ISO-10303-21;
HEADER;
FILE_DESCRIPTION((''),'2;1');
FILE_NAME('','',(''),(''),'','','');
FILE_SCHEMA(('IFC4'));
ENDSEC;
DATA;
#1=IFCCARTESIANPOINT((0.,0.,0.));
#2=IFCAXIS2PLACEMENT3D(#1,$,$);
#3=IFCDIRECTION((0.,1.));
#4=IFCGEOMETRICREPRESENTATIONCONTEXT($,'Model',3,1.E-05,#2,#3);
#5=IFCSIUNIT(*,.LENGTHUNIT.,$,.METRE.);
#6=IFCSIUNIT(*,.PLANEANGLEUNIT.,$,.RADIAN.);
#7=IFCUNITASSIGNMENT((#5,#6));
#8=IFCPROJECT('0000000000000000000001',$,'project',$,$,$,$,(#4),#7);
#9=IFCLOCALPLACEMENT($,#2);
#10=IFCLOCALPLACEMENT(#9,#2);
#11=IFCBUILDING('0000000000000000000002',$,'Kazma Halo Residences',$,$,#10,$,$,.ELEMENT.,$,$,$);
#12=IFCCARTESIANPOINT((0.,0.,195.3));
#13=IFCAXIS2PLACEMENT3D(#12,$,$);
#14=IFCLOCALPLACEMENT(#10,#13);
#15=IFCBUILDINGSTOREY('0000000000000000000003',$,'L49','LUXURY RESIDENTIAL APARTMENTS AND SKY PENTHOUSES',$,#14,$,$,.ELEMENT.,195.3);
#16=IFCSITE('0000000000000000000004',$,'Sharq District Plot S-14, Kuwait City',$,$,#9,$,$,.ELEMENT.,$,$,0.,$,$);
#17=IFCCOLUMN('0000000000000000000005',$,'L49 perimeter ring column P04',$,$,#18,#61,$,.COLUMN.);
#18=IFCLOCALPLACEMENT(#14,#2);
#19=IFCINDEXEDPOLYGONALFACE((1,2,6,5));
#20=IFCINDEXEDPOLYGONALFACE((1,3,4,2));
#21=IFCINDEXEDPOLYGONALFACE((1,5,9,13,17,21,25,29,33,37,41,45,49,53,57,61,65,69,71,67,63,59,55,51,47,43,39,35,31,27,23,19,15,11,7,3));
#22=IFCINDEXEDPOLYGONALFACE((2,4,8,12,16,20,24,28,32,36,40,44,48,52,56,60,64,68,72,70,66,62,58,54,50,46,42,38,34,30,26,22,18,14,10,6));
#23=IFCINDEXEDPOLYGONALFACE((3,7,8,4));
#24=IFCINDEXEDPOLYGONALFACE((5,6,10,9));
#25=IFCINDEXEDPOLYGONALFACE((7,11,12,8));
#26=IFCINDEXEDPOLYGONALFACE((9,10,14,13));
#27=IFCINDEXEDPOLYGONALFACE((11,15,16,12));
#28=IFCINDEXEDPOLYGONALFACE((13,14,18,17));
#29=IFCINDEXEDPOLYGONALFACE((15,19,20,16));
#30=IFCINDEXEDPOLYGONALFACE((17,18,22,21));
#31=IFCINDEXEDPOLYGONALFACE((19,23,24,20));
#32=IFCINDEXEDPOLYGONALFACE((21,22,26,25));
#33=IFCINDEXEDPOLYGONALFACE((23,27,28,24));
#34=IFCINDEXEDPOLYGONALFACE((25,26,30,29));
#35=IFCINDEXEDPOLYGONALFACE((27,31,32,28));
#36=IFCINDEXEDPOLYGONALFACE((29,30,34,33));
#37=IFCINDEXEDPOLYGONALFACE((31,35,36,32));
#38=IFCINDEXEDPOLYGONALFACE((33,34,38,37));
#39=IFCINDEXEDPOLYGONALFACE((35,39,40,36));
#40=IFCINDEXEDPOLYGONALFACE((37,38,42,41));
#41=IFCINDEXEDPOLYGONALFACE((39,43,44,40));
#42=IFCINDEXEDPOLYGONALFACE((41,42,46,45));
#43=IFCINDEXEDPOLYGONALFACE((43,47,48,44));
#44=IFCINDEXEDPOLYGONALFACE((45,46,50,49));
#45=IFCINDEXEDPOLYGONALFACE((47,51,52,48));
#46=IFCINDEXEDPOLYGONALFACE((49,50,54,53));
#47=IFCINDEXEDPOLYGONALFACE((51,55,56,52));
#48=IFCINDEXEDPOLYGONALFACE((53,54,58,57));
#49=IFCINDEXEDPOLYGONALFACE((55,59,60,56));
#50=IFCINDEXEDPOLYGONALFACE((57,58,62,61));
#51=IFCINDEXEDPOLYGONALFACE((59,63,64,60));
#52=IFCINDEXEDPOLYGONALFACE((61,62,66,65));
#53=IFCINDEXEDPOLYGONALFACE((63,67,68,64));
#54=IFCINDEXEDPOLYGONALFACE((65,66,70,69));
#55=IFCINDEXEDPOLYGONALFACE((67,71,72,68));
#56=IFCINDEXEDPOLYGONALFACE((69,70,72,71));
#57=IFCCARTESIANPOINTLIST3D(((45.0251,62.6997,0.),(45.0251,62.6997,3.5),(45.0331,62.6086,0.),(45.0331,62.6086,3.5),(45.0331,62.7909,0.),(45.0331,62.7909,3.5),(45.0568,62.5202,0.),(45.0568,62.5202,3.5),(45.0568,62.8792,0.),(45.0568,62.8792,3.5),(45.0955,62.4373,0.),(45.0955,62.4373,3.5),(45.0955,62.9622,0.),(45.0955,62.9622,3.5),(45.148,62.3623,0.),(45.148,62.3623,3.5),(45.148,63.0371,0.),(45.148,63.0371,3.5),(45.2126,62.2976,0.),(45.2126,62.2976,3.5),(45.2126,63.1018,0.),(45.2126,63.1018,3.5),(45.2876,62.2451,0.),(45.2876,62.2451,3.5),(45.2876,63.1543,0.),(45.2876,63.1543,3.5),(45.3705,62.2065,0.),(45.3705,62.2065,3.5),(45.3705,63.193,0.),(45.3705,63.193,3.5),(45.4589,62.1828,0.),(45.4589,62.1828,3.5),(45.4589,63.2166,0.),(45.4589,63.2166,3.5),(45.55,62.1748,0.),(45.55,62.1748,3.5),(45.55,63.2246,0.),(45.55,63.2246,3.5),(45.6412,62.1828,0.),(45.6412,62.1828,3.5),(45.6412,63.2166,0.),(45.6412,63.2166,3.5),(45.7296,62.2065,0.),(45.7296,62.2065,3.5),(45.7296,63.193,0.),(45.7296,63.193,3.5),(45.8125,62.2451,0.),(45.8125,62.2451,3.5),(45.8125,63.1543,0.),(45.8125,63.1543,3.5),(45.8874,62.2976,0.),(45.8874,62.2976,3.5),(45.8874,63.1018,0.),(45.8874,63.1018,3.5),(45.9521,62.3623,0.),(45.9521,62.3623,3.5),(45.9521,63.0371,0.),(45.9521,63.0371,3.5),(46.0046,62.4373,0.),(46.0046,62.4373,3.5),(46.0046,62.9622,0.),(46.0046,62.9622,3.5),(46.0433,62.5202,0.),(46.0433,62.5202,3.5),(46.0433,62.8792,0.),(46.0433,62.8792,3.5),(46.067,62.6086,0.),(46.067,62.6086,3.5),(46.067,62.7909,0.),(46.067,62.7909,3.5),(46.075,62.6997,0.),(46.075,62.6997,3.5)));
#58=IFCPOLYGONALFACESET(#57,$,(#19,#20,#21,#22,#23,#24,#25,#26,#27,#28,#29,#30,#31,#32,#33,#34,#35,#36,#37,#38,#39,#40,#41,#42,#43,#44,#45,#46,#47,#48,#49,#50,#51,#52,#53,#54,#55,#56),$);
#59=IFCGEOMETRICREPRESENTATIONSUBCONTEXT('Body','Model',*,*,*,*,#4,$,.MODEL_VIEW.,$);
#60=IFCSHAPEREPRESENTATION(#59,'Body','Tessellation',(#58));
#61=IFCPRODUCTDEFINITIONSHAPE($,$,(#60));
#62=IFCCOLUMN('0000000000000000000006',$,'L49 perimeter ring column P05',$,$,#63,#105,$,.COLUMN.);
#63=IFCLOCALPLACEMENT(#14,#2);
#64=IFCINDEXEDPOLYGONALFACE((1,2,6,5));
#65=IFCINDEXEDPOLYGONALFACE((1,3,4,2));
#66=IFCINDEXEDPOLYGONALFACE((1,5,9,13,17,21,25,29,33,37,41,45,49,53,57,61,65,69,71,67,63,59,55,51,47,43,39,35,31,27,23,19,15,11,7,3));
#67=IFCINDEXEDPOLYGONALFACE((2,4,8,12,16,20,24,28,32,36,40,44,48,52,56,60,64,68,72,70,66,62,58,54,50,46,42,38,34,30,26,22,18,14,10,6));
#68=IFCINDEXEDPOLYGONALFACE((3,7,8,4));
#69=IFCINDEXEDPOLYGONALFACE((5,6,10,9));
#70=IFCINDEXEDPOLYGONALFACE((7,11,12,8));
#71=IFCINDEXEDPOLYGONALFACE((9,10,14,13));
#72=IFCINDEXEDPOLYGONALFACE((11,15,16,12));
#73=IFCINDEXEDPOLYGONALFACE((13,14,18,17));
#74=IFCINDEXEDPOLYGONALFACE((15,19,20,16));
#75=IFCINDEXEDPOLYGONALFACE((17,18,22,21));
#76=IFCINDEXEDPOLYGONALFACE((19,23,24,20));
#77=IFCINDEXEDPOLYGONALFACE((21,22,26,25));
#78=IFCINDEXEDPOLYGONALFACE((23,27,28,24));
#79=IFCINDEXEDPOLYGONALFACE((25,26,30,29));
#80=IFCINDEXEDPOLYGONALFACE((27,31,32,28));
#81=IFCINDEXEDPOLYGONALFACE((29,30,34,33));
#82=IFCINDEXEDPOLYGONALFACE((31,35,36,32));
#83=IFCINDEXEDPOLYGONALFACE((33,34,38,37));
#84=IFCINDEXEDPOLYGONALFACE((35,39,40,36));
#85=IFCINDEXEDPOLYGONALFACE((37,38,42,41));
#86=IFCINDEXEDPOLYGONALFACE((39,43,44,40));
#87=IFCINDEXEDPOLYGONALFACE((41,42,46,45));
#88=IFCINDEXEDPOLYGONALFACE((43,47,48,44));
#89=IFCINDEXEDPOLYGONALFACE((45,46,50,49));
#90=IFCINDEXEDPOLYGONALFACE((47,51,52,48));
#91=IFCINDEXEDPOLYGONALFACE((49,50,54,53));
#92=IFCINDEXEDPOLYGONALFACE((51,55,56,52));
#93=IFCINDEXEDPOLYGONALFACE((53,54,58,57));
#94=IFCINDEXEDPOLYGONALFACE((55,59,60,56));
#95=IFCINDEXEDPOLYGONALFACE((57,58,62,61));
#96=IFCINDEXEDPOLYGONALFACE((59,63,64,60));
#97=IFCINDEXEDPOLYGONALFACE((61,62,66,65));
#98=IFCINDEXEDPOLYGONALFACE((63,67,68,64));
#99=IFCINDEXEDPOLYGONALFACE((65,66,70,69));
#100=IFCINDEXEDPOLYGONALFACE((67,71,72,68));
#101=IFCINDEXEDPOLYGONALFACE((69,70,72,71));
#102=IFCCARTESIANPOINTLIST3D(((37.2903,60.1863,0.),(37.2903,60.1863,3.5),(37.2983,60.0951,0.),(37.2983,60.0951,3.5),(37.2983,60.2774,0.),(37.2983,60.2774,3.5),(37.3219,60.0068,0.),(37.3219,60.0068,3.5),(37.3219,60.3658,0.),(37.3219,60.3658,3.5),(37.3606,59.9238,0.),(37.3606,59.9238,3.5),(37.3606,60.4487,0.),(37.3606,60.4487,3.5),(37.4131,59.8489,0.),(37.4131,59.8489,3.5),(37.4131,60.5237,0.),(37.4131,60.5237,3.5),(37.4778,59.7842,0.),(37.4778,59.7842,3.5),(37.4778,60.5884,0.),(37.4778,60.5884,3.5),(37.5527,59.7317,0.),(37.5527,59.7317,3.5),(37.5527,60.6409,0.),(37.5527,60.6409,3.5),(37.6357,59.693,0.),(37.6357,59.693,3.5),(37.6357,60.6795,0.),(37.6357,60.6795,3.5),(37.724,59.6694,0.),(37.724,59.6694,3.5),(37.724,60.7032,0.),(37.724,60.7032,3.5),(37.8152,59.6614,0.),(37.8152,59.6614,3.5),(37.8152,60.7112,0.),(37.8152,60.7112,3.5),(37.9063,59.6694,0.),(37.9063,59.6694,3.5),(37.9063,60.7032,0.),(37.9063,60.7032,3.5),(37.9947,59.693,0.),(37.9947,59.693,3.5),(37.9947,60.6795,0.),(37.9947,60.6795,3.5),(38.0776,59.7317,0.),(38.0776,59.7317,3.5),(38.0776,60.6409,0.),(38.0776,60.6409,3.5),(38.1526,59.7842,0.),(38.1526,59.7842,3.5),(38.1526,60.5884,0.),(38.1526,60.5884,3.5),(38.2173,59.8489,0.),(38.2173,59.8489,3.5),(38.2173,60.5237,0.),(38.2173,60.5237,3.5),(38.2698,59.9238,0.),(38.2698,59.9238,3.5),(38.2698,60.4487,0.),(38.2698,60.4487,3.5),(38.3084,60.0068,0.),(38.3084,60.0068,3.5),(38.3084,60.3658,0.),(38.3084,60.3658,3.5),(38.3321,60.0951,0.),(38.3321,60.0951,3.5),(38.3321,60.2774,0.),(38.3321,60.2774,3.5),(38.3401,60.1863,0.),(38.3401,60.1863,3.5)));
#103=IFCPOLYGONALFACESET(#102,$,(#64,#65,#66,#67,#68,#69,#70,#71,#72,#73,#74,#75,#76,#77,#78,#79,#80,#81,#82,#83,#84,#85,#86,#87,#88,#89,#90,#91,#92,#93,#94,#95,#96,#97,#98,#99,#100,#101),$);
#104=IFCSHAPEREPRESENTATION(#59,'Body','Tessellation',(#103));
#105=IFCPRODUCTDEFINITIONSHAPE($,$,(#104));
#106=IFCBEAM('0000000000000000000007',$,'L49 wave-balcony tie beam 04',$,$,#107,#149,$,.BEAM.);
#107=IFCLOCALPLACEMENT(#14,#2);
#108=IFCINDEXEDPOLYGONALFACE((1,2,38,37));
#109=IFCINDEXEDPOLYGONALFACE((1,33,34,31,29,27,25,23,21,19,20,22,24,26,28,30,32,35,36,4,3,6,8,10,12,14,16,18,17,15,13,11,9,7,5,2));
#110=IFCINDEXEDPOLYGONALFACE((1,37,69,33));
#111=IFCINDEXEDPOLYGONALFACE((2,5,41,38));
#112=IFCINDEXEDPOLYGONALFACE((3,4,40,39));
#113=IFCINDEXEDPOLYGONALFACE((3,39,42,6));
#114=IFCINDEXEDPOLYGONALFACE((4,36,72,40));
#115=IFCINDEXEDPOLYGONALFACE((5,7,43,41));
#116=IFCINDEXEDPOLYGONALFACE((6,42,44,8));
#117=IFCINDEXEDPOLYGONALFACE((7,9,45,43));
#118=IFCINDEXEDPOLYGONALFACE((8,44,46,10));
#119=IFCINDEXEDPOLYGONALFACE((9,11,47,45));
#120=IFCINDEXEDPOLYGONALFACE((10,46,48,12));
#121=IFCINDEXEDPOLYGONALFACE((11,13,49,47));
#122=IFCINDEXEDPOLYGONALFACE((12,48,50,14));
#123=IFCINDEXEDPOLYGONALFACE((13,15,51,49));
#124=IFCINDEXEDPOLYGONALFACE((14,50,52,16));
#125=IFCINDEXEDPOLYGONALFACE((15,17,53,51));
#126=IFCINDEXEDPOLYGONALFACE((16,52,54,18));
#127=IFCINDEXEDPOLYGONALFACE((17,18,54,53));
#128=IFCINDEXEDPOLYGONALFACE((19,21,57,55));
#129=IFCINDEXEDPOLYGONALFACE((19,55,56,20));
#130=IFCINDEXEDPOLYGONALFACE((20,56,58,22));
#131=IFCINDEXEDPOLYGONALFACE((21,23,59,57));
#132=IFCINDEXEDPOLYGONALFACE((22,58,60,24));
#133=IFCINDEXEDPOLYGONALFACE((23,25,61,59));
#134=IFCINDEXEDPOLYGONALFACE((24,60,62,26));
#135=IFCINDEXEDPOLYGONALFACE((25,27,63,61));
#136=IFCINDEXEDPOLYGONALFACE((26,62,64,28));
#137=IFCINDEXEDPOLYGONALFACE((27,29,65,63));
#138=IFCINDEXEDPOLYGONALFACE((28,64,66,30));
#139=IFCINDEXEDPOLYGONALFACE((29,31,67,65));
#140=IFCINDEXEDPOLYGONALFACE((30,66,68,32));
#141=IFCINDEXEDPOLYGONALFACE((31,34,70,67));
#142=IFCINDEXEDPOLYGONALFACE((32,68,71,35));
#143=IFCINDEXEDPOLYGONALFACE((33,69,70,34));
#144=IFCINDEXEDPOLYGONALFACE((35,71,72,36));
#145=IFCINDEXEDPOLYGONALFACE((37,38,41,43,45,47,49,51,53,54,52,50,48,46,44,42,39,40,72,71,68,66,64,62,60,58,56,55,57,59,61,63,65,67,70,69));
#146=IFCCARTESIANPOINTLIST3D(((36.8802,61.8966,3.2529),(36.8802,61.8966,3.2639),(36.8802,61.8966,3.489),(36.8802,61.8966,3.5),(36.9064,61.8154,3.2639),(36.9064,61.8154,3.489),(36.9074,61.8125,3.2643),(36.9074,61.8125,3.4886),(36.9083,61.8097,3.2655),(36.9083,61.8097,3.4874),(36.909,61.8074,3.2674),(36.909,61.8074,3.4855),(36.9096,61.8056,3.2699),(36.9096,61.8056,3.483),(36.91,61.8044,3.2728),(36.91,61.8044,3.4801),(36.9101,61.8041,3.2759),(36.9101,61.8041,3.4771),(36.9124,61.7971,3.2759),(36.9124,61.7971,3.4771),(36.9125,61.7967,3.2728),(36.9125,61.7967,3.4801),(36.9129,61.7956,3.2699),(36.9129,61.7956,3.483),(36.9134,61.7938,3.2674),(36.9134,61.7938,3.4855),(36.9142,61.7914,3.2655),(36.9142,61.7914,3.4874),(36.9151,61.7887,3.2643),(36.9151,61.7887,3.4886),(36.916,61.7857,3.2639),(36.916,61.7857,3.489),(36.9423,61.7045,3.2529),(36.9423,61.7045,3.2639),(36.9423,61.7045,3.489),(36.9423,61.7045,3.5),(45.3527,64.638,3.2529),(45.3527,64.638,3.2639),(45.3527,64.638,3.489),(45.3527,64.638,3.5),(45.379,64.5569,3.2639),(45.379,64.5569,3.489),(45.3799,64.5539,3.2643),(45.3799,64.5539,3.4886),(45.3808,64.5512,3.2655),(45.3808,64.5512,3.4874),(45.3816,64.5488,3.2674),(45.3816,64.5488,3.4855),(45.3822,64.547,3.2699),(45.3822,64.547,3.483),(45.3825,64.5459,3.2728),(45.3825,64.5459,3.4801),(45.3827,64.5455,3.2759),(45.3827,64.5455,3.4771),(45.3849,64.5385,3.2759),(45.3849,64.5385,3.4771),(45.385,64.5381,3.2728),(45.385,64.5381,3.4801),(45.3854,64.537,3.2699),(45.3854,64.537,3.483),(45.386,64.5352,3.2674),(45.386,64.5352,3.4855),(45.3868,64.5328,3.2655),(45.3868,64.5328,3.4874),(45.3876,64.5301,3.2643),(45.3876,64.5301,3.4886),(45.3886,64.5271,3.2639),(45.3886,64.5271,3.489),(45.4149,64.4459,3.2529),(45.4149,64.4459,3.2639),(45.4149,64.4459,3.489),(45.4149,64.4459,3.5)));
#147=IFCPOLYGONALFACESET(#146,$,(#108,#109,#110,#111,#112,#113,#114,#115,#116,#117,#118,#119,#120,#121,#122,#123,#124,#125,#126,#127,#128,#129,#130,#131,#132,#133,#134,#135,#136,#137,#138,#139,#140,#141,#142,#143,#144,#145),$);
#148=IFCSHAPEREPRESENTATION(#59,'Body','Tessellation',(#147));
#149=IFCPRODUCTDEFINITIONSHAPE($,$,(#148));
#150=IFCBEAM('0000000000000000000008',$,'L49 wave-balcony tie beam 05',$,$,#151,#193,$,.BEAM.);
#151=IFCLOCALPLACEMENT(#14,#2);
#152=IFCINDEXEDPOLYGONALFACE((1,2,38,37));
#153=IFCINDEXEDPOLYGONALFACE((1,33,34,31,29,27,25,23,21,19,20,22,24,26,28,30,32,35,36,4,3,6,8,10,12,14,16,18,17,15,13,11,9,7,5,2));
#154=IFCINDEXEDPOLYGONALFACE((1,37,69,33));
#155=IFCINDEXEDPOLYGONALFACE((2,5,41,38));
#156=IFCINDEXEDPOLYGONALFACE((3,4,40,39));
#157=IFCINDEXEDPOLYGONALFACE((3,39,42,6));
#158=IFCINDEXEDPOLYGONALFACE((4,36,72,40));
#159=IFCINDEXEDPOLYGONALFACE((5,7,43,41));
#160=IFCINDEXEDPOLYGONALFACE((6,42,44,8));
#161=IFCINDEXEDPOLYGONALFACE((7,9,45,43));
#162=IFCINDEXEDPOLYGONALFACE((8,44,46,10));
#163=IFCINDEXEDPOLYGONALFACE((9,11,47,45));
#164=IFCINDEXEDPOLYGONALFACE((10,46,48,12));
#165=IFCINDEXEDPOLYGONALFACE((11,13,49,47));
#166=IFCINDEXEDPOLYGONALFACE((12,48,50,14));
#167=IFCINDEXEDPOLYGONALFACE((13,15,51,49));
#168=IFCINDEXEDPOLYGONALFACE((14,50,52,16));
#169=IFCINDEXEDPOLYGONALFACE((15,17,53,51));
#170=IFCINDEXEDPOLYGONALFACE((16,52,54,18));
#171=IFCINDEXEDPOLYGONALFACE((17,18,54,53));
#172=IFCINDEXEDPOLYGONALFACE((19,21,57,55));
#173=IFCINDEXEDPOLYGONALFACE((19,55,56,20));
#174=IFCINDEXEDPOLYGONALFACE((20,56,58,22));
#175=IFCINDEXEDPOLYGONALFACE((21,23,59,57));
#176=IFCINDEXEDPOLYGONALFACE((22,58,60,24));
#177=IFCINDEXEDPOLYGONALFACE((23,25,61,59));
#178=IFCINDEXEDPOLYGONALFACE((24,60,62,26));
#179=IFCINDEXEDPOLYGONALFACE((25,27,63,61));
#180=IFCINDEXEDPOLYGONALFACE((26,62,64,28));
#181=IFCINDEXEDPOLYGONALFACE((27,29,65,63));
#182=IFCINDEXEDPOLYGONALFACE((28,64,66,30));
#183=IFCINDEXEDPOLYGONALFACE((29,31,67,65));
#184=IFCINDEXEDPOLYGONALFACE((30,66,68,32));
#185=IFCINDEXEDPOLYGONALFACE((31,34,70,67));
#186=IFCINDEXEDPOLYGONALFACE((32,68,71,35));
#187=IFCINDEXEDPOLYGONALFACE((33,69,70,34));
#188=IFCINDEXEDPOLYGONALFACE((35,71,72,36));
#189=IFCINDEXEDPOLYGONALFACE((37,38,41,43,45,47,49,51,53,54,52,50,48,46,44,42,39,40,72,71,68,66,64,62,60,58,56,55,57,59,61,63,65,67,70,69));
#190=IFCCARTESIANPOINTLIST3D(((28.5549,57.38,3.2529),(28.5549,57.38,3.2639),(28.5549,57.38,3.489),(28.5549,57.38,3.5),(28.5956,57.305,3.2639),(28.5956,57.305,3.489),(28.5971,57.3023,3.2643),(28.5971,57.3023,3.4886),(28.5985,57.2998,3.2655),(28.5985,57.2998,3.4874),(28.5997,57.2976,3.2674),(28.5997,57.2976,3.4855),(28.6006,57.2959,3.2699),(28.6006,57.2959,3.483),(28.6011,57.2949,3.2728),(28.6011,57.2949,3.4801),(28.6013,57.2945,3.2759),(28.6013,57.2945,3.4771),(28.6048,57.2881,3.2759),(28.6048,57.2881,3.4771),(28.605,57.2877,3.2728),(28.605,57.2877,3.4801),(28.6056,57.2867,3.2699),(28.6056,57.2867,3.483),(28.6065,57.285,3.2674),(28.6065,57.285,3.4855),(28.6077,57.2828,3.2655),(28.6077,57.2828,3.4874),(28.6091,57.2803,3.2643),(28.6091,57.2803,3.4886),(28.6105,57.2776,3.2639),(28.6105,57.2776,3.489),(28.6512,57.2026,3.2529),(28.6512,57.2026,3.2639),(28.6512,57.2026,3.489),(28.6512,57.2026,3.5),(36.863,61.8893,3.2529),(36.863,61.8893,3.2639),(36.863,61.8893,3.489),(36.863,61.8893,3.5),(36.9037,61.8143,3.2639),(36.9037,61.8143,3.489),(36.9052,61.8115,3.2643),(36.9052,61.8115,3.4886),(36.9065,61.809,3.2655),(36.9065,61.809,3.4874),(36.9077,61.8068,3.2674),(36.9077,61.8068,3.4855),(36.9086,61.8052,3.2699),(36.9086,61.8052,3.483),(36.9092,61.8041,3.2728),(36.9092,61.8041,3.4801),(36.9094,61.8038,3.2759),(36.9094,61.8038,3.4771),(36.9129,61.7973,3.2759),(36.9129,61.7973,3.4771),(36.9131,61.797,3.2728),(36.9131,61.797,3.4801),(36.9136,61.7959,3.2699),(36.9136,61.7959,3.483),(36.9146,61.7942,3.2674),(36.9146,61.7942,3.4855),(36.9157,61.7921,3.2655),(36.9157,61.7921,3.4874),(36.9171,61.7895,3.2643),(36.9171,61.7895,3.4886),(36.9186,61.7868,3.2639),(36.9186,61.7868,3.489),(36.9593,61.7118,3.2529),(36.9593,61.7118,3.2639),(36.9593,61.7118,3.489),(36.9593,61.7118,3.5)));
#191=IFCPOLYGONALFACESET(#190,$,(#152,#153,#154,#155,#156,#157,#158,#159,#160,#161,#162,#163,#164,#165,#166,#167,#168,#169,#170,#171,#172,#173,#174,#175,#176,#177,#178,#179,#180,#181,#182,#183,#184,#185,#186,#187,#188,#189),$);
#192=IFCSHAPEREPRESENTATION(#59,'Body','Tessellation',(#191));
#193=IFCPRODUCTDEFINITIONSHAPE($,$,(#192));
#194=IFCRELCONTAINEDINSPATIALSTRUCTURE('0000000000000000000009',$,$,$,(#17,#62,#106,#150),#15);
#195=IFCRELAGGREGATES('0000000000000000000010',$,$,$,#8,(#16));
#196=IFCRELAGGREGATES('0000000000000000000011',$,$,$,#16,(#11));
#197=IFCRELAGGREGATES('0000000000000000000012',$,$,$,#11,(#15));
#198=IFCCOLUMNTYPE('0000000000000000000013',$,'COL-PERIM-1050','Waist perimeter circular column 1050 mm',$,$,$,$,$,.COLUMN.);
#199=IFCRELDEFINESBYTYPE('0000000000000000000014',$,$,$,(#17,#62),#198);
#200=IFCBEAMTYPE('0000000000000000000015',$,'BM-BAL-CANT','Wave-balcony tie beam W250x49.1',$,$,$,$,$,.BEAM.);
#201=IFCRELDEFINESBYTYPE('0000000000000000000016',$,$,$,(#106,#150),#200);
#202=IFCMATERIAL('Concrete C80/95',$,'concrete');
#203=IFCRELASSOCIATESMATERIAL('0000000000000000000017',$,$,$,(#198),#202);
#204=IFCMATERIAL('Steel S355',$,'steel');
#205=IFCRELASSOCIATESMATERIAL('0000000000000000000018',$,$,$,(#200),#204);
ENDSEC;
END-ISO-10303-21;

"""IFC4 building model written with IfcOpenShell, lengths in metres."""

from ifc_helpers import new_model, si_unit, direction, frame, origin, origin_2d, place, context, subcontext, project, spatial, circle, i_section, extrude, material, material_profile, profile_set, type_object, element, save


model = new_model("IFC4")

# Units and contexts
model_context = context("Model", 3, precision=1e-05, world=origin(), true_north=direction((0.0, 1.0)))
body_context = subcontext(model_context, "Body", "Model", "MODEL_VIEW")
ifc_project = project(units=[si_unit("LENGTHUNIT", "METRE"), si_unit("PLANEANGLEUNIT", "RADIAN")], contexts=[model_context])

# Site, building, storey
site_placement = place(None, origin())
site = spatial("IfcSite", under=ifc_project, at=site_placement, Name="Sharq District Plot S-14, Kuwait City", CompositionType="ELEMENT", RefElevation=0.0)
building_placement = place(site_placement, origin())
building = spatial("IfcBuilding", under=site, at=building_placement, Name="Kazma Halo Residences", CompositionType="ELEMENT")
storey_placement = place(building_placement, frame((0.0, 0.0, 195.3)))
storey = spatial("IfcBuildingStorey", under=building, at=storey_placement, Name="L49", Description="LUXURY RESIDENTIAL APARTMENTS AND SKY PENTHOUSES", CompositionType="ELEMENT", Elevation=195.3)

# Columns
ifc_material_1 = material(Name="Concrete C80/95", Category="concrete")
ifc_material_profile_1 = material_profile(ifc_material_1, circle(Radius=0.5249, at=origin_2d()), Name="CIRC1050")
ifc_profile_set_1 = profile_set([ifc_material_profile_1], Name="Concrete C80/95")
column_type = type_object("IfcColumnType", Name="COL-PERIM-1050", Description="Waist perimeter circular column 1050 mm", PredefinedType="COLUMN", material=ifc_profile_set_1)
for number, where, z_axis, x_axis, name in (
    (1, (45.55, 62.6997, 0.0), (0.0, 0.0, 1.0), (1.0, 0.0, 0.0), "L49 perimeter ring column P04"),
    (2, (37.8152, 60.1863, 0.0), (0.0, 0.0, 1.0), (1.0, 0.0, 0.0), "L49 perimeter ring column P05"),
):
    element("IfcColumn", number, at=place(storey_placement, frame(where, z_axis=z_axis, x_axis=x_axis)), inside=storey, type_object=column_type, Name=name, PredefinedType="COLUMN", context=body_context, shape_type="SweptSolid", body=[
        extrude(circle(Radius=0.5249, at=origin_2d()), origin(), (0.0, 0.0, 1.0), 3.5),
    ])

# Beams
ifc_material_2 = material(Name="Steel S355", Category="steel")
ifc_material_profile_2 = material_profile(ifc_material_2, i_section(OverallWidth=0.2019, OverallDepth=0.2471, WebThickness=0.0073, FlangeThickness=0.011, FilletRadius=0.012, at=origin_2d()), Name="W250x49.1")
ifc_profile_set_2 = profile_set([ifc_material_profile_2], Name="Steel S355")
beam_type_1 = type_object("IfcBeamType", Name="BM-BAL-CANT", Description="Wave-balcony tie beam W250x49.1", PredefinedType="BEAM", material=ifc_profile_set_2)
beam_1_placement = place(storey_placement, frame((45.3838, 64.542, 3.3765), z_axis=(-0.951435, -0.307851, 0.0), x_axis=(0.307851, -0.951435, 0.0)))
element("IfcBeam", 3, at=beam_1_placement, inside=storey, type_object=beam_type_1, Name="L49 wave-balcony tie beam 04", PredefinedType="BEAM", context=body_context, shape_type="SweptSolid", body=[
    extrude(i_section(OverallWidth=0.2019, OverallDepth=0.2471, WebThickness=0.0073, FlangeThickness=0.011, FilletRadius=0.012, at=origin_2d()), origin(), (0.0, 0.0, 1.0), 8.905),
])
beam_2_placement = place(storey_placement, frame((36.9111, 61.8005, 3.3765), z_axis=(-0.878891, -0.477023, 0.0), x_axis=(0.477023, -0.878891, 0.0)))
element("IfcBeam", 4, at=beam_2_placement, inside=storey, type_object=beam_type_1, Name="L49 wave-balcony tie beam 05", PredefinedType="BEAM", context=body_context, shape_type="SweptSolid", body=[
    extrude(i_section(OverallWidth=0.2019, OverallDepth=0.2471, WebThickness=0.0073, FlangeThickness=0.011, FilletRadius=0.012, at=origin_2d()), origin(), (0.0, 0.0, 1.0), 9.4529),
])

save(model, "model.ifc")
